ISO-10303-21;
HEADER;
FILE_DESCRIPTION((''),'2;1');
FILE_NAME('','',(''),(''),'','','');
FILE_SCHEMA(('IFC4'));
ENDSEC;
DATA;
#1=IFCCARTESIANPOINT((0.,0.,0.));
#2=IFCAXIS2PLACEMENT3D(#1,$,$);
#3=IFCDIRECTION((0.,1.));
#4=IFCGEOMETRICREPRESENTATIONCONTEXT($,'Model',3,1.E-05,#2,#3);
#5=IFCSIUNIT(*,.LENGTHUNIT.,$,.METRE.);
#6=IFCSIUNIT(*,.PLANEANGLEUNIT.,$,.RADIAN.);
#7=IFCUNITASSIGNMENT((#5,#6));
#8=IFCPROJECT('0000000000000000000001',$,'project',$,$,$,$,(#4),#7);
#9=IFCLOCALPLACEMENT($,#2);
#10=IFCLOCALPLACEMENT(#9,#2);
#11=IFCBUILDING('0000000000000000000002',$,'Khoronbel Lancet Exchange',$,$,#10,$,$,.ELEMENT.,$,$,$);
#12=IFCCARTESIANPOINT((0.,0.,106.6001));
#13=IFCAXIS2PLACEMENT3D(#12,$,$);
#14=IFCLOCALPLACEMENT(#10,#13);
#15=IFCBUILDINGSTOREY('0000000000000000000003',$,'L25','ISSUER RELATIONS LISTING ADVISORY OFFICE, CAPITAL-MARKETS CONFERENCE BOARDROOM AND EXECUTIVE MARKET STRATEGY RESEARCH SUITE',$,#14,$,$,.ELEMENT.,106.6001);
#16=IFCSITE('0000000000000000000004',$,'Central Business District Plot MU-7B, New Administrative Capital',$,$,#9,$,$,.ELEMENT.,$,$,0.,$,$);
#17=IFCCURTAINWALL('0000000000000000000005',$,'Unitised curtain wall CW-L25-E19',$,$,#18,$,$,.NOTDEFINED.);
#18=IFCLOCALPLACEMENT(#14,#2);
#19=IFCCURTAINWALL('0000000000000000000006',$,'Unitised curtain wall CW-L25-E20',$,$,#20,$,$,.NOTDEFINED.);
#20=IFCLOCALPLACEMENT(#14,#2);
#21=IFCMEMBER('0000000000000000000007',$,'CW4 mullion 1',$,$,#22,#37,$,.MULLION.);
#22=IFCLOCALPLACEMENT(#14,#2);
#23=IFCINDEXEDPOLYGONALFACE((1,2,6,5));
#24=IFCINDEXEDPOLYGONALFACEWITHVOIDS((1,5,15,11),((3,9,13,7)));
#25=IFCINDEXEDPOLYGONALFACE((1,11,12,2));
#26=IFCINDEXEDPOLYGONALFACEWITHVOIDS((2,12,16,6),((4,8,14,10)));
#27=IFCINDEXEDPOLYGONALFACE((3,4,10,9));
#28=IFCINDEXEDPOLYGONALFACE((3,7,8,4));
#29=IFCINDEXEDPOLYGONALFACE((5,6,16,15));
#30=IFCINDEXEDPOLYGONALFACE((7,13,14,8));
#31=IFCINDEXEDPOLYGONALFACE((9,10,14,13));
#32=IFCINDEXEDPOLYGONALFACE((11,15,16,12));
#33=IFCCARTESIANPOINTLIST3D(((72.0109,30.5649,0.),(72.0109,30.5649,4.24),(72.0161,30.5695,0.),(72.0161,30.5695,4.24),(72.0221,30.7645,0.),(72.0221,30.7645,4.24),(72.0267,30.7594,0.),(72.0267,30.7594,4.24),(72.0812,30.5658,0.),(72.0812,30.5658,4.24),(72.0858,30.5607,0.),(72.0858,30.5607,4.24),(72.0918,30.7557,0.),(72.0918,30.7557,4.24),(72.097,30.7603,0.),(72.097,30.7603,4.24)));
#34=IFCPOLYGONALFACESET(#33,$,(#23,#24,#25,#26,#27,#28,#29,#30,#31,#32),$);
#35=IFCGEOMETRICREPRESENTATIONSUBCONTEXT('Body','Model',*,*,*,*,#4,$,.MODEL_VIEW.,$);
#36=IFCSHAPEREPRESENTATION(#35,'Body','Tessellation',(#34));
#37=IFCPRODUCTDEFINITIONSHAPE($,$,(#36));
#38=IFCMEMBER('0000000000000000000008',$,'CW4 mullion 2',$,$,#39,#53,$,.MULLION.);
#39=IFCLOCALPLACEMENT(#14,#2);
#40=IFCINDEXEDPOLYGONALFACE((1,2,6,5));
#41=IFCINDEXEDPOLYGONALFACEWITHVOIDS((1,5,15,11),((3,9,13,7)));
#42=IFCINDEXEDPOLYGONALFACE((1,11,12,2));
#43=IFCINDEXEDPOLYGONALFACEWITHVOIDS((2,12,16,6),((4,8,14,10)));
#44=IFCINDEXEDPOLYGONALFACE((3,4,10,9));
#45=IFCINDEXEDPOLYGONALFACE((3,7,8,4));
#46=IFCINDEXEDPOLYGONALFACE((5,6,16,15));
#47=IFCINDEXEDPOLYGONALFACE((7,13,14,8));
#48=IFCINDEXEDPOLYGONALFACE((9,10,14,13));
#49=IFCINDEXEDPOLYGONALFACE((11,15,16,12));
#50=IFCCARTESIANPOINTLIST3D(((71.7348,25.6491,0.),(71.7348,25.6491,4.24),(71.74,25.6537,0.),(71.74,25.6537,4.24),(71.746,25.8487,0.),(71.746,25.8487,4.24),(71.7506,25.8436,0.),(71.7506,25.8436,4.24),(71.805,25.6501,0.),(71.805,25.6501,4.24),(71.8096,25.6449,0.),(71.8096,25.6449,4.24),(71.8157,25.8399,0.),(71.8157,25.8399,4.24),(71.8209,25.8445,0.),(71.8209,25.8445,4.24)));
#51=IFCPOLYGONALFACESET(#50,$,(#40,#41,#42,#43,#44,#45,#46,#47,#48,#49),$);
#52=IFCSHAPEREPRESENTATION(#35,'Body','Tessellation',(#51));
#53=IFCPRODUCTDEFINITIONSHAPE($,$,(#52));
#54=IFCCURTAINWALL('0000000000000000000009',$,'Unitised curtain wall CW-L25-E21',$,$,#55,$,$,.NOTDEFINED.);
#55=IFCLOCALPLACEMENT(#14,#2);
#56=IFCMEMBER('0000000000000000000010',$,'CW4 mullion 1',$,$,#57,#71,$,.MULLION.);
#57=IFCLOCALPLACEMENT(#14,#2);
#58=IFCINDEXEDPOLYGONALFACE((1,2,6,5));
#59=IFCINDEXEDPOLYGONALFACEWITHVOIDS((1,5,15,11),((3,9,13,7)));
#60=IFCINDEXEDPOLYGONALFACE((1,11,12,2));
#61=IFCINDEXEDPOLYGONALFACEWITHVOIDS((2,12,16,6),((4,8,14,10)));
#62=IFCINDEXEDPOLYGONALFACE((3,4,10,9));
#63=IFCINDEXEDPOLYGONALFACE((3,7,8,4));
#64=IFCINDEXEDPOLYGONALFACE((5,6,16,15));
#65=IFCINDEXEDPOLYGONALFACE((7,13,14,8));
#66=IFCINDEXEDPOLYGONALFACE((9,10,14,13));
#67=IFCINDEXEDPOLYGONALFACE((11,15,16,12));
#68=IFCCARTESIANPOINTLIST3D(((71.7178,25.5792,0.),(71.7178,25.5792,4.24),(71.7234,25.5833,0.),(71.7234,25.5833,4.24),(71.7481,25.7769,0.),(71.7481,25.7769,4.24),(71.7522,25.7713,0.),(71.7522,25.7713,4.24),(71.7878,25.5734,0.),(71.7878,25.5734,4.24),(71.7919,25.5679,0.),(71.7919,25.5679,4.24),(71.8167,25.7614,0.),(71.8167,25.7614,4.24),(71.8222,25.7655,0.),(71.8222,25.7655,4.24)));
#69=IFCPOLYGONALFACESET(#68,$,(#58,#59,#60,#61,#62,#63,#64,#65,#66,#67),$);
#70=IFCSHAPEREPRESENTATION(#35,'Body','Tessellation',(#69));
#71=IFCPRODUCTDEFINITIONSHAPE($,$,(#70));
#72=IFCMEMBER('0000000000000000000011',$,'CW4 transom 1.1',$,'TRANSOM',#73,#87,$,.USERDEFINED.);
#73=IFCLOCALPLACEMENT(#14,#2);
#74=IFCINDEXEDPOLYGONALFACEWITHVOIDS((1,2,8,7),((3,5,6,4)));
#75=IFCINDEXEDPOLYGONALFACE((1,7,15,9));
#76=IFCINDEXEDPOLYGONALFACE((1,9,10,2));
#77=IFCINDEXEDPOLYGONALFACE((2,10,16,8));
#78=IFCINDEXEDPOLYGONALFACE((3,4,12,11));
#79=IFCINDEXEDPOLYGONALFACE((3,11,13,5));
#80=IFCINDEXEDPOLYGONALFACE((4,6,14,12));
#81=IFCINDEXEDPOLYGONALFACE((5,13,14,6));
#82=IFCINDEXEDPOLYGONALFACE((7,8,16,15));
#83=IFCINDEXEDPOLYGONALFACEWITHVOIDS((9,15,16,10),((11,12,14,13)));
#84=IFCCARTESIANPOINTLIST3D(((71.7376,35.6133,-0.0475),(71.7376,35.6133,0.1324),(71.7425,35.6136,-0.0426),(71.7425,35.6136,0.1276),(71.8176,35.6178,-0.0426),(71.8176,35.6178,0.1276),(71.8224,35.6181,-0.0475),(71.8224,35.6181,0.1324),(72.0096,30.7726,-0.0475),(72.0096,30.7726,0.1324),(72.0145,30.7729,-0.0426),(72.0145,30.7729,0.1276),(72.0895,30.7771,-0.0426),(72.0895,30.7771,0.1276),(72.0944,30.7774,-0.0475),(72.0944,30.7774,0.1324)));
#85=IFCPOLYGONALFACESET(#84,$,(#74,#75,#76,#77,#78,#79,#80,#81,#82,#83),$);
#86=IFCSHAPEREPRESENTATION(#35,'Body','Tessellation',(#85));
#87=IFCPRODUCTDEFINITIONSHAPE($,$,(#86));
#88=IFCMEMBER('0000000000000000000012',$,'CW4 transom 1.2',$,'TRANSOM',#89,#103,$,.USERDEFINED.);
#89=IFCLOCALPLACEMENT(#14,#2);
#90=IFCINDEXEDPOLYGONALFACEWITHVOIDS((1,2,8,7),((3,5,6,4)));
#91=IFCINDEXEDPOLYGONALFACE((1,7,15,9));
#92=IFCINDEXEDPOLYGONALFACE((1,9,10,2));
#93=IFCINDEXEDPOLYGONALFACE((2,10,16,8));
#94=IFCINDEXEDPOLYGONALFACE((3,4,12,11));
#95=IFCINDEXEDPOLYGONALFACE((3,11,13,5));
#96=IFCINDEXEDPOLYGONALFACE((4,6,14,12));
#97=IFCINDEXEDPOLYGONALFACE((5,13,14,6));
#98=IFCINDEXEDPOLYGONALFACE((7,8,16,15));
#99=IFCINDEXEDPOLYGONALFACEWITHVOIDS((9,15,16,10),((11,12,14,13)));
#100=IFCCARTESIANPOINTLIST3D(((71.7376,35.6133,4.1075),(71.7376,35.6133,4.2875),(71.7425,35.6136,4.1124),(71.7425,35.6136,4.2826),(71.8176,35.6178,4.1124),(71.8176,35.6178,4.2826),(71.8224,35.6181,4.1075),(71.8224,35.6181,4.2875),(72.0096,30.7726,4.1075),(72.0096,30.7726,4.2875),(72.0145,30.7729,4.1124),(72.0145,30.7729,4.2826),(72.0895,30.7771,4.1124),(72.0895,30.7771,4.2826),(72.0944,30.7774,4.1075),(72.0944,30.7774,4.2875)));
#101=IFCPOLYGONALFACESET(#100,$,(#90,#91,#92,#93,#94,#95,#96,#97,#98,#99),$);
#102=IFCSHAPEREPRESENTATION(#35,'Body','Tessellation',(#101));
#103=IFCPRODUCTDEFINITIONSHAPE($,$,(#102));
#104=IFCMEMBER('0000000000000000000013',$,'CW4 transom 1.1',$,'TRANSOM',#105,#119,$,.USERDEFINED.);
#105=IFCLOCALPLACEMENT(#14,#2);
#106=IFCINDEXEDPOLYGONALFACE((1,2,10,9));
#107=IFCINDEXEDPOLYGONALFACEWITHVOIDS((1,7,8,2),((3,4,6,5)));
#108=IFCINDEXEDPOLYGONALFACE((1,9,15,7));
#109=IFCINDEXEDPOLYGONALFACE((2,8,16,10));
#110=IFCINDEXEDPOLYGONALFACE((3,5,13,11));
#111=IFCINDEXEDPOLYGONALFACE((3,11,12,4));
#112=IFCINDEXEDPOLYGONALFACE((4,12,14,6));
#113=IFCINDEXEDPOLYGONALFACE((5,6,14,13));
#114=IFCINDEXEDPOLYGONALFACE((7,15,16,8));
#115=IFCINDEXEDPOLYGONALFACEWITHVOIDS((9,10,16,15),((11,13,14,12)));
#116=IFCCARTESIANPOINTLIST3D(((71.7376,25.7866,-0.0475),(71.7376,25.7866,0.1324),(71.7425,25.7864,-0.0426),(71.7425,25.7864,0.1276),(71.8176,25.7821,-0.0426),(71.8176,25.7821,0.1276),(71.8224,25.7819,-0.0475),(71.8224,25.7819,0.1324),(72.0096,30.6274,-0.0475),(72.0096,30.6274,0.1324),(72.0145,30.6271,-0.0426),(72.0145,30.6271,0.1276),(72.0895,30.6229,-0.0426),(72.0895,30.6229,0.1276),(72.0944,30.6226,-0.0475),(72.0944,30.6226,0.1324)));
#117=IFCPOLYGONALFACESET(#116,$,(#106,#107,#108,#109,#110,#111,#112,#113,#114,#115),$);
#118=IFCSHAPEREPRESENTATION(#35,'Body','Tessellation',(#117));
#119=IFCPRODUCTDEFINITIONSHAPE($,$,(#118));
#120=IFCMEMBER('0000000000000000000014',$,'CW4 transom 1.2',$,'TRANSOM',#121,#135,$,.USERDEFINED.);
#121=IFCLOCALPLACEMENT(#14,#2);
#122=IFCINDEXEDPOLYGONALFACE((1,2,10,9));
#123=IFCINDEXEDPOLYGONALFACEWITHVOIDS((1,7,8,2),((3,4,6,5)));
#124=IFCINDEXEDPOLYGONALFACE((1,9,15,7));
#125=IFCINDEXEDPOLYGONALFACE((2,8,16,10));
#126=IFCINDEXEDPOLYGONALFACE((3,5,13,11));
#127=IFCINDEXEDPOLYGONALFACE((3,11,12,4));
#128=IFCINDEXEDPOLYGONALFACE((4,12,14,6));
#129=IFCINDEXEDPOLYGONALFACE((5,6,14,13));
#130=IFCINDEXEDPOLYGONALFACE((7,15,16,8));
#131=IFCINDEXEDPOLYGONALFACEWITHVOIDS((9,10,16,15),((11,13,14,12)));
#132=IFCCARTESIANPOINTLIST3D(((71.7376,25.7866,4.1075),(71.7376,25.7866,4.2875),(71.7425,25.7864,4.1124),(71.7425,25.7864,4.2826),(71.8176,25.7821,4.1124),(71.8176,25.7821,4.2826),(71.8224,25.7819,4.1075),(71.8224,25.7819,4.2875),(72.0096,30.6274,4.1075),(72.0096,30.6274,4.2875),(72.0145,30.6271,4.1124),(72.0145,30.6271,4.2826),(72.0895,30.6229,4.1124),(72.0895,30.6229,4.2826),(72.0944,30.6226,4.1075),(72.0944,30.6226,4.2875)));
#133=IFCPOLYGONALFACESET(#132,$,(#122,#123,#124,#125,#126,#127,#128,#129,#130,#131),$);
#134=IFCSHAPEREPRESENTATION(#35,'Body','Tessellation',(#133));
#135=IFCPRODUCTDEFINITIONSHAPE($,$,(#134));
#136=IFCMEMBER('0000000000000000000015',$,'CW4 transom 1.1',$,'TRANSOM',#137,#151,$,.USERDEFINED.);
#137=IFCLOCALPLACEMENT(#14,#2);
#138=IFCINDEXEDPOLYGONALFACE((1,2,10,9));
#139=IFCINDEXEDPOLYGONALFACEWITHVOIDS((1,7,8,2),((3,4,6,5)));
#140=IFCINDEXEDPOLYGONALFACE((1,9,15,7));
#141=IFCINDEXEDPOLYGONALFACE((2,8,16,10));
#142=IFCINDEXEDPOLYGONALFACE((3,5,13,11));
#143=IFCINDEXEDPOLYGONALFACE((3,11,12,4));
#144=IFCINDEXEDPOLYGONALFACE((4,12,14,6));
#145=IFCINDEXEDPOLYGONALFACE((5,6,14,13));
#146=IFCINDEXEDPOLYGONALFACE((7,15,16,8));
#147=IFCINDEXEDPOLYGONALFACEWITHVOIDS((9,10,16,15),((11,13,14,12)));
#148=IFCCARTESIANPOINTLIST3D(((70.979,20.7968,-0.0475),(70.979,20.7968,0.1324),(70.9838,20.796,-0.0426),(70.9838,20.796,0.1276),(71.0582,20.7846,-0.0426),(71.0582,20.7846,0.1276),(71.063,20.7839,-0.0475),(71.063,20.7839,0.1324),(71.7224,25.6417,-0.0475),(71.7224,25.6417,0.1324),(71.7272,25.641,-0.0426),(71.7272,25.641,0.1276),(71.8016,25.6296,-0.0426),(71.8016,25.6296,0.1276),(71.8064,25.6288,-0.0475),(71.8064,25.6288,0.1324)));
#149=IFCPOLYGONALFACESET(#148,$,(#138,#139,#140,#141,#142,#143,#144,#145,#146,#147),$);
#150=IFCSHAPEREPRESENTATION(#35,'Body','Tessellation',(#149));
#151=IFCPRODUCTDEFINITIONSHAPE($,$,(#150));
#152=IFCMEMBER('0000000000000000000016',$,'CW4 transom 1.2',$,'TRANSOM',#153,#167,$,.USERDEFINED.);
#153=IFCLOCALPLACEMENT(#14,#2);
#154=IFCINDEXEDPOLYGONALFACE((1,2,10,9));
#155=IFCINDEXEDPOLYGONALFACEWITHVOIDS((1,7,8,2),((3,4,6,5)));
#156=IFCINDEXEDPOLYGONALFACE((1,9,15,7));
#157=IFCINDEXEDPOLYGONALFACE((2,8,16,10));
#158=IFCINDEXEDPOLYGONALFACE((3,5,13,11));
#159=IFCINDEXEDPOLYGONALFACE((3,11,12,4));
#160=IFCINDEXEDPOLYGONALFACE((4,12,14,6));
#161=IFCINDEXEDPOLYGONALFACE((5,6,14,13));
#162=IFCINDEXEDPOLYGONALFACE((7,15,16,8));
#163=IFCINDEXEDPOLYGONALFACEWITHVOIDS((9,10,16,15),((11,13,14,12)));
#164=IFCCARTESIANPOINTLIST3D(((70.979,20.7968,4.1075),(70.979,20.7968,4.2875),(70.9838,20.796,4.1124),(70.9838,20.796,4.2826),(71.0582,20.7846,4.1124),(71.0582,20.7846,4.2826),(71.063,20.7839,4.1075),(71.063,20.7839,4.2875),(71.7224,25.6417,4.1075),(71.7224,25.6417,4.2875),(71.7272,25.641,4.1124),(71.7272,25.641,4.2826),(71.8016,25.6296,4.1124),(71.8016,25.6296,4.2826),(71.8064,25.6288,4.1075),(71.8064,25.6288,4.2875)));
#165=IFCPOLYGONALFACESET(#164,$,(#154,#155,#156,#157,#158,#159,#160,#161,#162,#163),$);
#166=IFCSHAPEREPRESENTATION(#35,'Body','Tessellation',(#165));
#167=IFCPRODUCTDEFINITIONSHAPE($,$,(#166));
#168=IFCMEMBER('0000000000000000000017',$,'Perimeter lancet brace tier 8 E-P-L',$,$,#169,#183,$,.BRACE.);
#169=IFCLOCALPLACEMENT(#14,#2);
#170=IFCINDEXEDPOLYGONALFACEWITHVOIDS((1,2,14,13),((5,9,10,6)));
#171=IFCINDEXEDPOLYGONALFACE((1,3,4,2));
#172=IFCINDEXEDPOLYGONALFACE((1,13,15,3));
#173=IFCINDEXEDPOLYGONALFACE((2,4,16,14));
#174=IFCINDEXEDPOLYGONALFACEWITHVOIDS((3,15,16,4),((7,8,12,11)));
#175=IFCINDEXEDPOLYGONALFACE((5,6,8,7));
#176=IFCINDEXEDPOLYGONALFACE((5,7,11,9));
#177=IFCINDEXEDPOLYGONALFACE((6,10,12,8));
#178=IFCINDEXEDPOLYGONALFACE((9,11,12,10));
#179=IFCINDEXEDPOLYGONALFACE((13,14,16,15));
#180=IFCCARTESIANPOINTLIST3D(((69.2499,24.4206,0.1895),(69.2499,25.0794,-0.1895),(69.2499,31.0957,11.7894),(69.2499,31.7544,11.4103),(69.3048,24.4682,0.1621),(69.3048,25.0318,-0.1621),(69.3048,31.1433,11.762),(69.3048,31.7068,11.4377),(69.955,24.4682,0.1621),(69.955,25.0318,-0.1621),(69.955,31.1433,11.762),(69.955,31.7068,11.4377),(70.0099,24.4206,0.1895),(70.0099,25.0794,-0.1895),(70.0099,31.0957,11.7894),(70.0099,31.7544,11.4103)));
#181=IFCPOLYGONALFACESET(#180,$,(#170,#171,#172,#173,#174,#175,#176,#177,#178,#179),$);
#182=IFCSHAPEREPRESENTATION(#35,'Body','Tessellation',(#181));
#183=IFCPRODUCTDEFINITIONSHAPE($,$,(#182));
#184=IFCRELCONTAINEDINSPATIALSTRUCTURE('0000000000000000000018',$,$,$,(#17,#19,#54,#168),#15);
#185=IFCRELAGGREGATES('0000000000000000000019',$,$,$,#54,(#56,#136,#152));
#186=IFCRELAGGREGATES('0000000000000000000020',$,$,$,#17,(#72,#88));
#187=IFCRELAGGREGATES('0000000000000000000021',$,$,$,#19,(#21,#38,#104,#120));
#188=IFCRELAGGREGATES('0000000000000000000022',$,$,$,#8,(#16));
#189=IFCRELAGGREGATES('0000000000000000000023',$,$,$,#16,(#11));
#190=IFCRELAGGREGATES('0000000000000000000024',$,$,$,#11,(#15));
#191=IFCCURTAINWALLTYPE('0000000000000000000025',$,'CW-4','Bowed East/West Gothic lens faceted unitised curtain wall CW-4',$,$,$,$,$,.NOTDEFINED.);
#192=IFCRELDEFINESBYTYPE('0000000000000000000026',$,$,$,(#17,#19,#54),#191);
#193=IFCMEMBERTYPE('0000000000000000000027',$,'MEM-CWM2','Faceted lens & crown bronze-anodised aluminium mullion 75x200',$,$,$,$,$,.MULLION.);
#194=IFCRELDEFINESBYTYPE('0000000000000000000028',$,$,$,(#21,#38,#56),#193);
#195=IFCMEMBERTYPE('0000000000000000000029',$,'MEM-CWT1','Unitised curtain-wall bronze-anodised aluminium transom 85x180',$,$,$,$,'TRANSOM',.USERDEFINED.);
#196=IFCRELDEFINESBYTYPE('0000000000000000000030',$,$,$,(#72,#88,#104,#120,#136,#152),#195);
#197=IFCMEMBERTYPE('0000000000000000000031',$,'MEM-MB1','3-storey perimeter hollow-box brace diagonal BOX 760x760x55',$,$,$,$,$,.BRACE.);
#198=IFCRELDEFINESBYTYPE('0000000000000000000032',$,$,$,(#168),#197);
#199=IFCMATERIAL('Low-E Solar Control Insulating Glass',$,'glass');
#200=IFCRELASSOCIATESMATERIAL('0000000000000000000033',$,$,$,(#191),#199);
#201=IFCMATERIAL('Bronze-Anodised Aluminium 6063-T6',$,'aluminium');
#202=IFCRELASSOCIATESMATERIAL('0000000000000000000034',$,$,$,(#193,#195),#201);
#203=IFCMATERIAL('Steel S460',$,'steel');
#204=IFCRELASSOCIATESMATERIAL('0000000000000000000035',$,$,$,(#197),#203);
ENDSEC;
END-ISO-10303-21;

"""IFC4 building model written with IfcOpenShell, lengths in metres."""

from ifc_helpers import new_model, si_unit, direction, frame, origin, origin_2d, place, context, subcontext, project, spatial, hollow_rectangle, extrude, material, material_profile, profile_set, type_object, element, aggregate, save


model = new_model("IFC4")

# Units and contexts
model_context = context("Model", 3, precision=1e-05, world=origin(), true_north=direction((0.0, 1.0)))
body_context = subcontext(model_context, "Body", "Model", "MODEL_VIEW")
ifc_project = project(units=[si_unit("LENGTHUNIT", "METRE"), si_unit("PLANEANGLEUNIT", "RADIAN")], contexts=[model_context])

# Site, building, storey
site_placement = place(None, origin())
site = spatial("IfcSite", under=ifc_project, at=site_placement, Name="Central Business District Plot MU-7B, New Administrative Capital", CompositionType="ELEMENT", RefElevation=0.0)
building_placement = place(site_placement, origin())
building = spatial("IfcBuilding", under=site, at=building_placement, Name="Khoronbel Lancet Exchange", CompositionType="ELEMENT")
storey_placement = place(building_placement, frame((0.0, 0.0, 106.6001)))
storey = spatial("IfcBuildingStorey", under=building, at=storey_placement, Name="L25", Description="ISSUER RELATIONS LISTING ADVISORY OFFICE, CAPITAL-MARKETS CONFERENCE BOARDROOM AND EXECUTIVE MARKET STRATEGY RESEARCH SUITE", CompositionType="ELEMENT", Elevation=106.6001)

# Shared definitions
ifc_material_1 = material(Name="Low-E Solar Control Insulating Glass", Category="glass")
curtain_wall_type = type_object("IfcCurtainWallType", Name="CW-4", Description="Bowed East/West Gothic lens faceted unitised curtain wall CW-4", PredefinedType="NOTDEFINED", material=ifc_material_1)
ifc_material_2 = material(Name="Bronze-Anodised Aluminium 6063-T6", Category="aluminium")
ifc_material_profile_1 = material_profile(ifc_material_2, hollow_rectangle(XDim=0.075, YDim=0.2, WallThickness=0.0049, at=origin_2d()), Name="ALU MULLION 75x200")
ifc_profile_set_1 = profile_set([ifc_material_profile_1], Name="Bronze-Anodised Aluminium 6063-T6")
member_type_1 = type_object("IfcMemberType", Name="MEM-CWM2", Description="Faceted lens & crown bronze-anodised aluminium mullion 75x200", PredefinedType="MULLION", material=ifc_profile_set_1)

# Curtain walls, members
curtain_wall_1_placement = place(storey_placement, origin())
curtain_wall_1 = element("IfcCurtainWall", 1, at=curtain_wall_1_placement, inside=storey, type_object=curtain_wall_type, Name="Unitised curtain wall CW-L25-E19", PredefinedType="NOTDEFINED")
curtain_wall_2_placement = place(storey_placement, origin())
curtain_wall_2 = element("IfcCurtainWall", 2, at=curtain_wall_2_placement, inside=storey, type_object=curtain_wall_type, Name="Unitised curtain wall CW-L25-E20", PredefinedType="NOTDEFINED")
member_1_placement = place(storey_placement, frame((72.054, 30.6626, 0.0), z_axis=(0.0, 0.0, 1.0), x_axis=(0.998426, -0.056077, 0.0)))
member_1 = element("IfcMember", 3, at=member_1_placement, type_object=member_type_1, Name="CW4 mullion 1", PredefinedType="MULLION", context=body_context, shape_type="SweptSolid", body=[
    extrude(hollow_rectangle(XDim=0.075, YDim=0.2, WallThickness=0.0049, at=origin_2d()), origin(), (0.0, 0.0, 1.0), 4.24),
])
member_2_placement = place(storey_placement, frame((71.7778, 25.7468, 0.0), z_axis=(0.0, 0.0, 1.0), x_axis=(0.998426, -0.056077, 0.0)))
member_2 = element("IfcMember", 4, at=member_2_placement, type_object=member_type_1, Name="CW4 mullion 2", PredefinedType="MULLION", context=body_context, shape_type="SweptSolid", body=[
    extrude(hollow_rectangle(XDim=0.075, YDim=0.2, WallThickness=0.0049, at=origin_2d()), origin(), (0.0, 0.0, 1.0), 4.24),
])

# Curtain wall, member
curtain_wall_3_placement = place(storey_placement, origin())
curtain_wall_3 = element("IfcCurtainWall", 5, at=curtain_wall_3_placement, inside=storey, type_object=curtain_wall_type, Name="Unitised curtain wall CW-L25-E21", PredefinedType="NOTDEFINED")
member_3_placement = place(storey_placement, frame((71.77, 25.6724, 0.0), z_axis=(0.0, 0.0, 1.0), x_axis=(0.988428, -0.15169, 0.0)))
member_3 = element("IfcMember", 6, at=member_3_placement, type_object=member_type_1, Name="CW4 mullion 1", PredefinedType="MULLION", context=body_context, shape_type="SweptSolid", body=[
    extrude(hollow_rectangle(XDim=0.075, YDim=0.2, WallThickness=0.0049, at=origin_2d()), origin(), (0.0, 0.0, 1.0), 4.24),
])

# Members
ifc_material_profile_2 = material_profile(ifc_material_2, hollow_rectangle(XDim=0.085, YDim=0.1799, WallThickness=0.0049, at=origin_2d()), Name="ALU TRANSOM 85x180")
ifc_profile_set_2 = profile_set([ifc_material_profile_2], Name="Bronze-Anodised Aluminium 6063-T6")
member_type_2 = type_object("IfcMemberType", Name="MEM-CWT1", Description="Unitised curtain-wall bronze-anodised aluminium transom 85x180", ElementType="TRANSOM", PredefinedType="USERDEFINED", material=ifc_profile_set_2)
member_4_placement = place(storey_placement, frame((71.78, 35.6157, 0.0425), z_axis=(0.056095, -0.998425, 0.0), x_axis=(0.998425, 0.056095, 0.0)))
member_4 = element("IfcMember", 7, at=member_4_placement, type_object=member_type_2, Name="CW4 transom 1.1", ObjectType="TRANSOM", PredefinedType="USERDEFINED", context=body_context, shape_type="SweptSolid", body=[
    extrude(hollow_rectangle(XDim=0.085, YDim=0.1799, WallThickness=0.0049, at=origin_2d()), origin(), (0.0, 0.0, 1.0), 4.8484),
])
member_5_placement = place(storey_placement, frame((71.78, 35.6157, 4.1975), z_axis=(0.056095, -0.998425, 0.0), x_axis=(0.998425, 0.056095, 0.0)))
member_5 = element("IfcMember", 8, at=member_5_placement, type_object=member_type_2, Name="CW4 transom 1.2", ObjectType="TRANSOM", PredefinedType="USERDEFINED", context=body_context, shape_type="SweptSolid", body=[
    extrude(hollow_rectangle(XDim=0.085, YDim=0.1799, WallThickness=0.0049, at=origin_2d()), origin(), (0.0, 0.0, 1.0), 4.8484),
])
member_6_placement = place(storey_placement, frame((72.052, 30.625, 0.0425), z_axis=(-0.056095, -0.998425, 0.0), x_axis=(0.998425, -0.056095, 0.0)))
member_6 = element("IfcMember", 9, at=member_6_placement, type_object=member_type_2, Name="CW4 transom 1.1", ObjectType="TRANSOM", PredefinedType="USERDEFINED", context=body_context, shape_type="SweptSolid", body=[
    extrude(hollow_rectangle(XDim=0.085, YDim=0.1799, WallThickness=0.0049, at=origin_2d()), origin(), (0.0, 0.0, 1.0), 4.8484),
])
member_7_placement = place(storey_placement, frame((72.052, 30.625, 4.1975), z_axis=(-0.056095, -0.998425, 0.0), x_axis=(0.998425, -0.056095, 0.0)))
member_7 = element("IfcMember", 10, at=member_7_placement, type_object=member_type_2, Name="CW4 transom 1.2", ObjectType="TRANSOM", PredefinedType="USERDEFINED", context=body_context, shape_type="SweptSolid", body=[
    extrude(hollow_rectangle(XDim=0.085, YDim=0.1799, WallThickness=0.0049, at=origin_2d()), origin(), (0.0, 0.0, 1.0), 4.8484),
])
member_8_placement = place(storey_placement, frame((71.7644, 25.6353, 0.0425), z_axis=(-0.151664, -0.988432, 0.0), x_axis=(0.988432, -0.151664, 0.0)))
member_8 = element("IfcMember", 11, at=member_8_placement, type_object=member_type_2, Name="CW4 transom 1.1", ObjectType="TRANSOM", PredefinedType="USERDEFINED", context=body_context, shape_type="SweptSolid", body=[
    extrude(hollow_rectangle(XDim=0.085, YDim=0.1799, WallThickness=0.0049, at=origin_2d()), origin(), (0.0, 0.0, 1.0), 4.9016),
])
member_9_placement = place(storey_placement, frame((71.7644, 25.6353, 4.1975), z_axis=(-0.151664, -0.988432, 0.0), x_axis=(0.988432, -0.151664, 0.0)))
member_9 = element("IfcMember", 12, at=member_9_placement, type_object=member_type_2, Name="CW4 transom 1.2", ObjectType="TRANSOM", PredefinedType="USERDEFINED", context=body_context, shape_type="SweptSolid", body=[
    extrude(hollow_rectangle(XDim=0.085, YDim=0.1799, WallThickness=0.0049, at=origin_2d()), origin(), (0.0, 0.0, 1.0), 4.9016),
])
aggregate(curtain_wall_3, [member_3, member_8, member_9])

# Member
ifc_material_3 = material(Name="Steel S460", Category="steel")
ifc_material_profile_3 = material_profile(ifc_material_3, hollow_rectangle(XDim=0.76, YDim=0.76, WallThickness=0.0549, at=origin_2d()), Name="BOX 760x760x55")
ifc_profile_set_3 = profile_set([ifc_material_profile_3], Name="Steel S460")
member_type_3 = type_object("IfcMemberType", Name="MEM-MB1", Description="3-storey perimeter hollow-box brace diagonal BOX 760x760x55", PredefinedType="BRACE", material=ifc_profile_set_3)
member_10_placement = place(storey_placement, frame((69.6299, 24.75, 0.0), z_axis=(0.0, 0.498759, 0.866741), x_axis=(-1.0, 0.0, 0.0)))
element("IfcMember", 13, at=member_10_placement, inside=storey, type_object=member_type_3, Name="Perimeter lancet brace tier 8 E-P-L", PredefinedType="BRACE", context=body_context, shape_type="SweptSolid", body=[
    extrude(hollow_rectangle(XDim=0.76, YDim=0.76, WallThickness=0.0549, at=origin_2d()), origin(), (0.0, 0.0, 1.0), 13.3833),
])

aggregate(curtain_wall_1, [member_4, member_5])
aggregate(curtain_wall_2, [member_1, member_2, member_6, member_7])

save(model, "model.ifc")
